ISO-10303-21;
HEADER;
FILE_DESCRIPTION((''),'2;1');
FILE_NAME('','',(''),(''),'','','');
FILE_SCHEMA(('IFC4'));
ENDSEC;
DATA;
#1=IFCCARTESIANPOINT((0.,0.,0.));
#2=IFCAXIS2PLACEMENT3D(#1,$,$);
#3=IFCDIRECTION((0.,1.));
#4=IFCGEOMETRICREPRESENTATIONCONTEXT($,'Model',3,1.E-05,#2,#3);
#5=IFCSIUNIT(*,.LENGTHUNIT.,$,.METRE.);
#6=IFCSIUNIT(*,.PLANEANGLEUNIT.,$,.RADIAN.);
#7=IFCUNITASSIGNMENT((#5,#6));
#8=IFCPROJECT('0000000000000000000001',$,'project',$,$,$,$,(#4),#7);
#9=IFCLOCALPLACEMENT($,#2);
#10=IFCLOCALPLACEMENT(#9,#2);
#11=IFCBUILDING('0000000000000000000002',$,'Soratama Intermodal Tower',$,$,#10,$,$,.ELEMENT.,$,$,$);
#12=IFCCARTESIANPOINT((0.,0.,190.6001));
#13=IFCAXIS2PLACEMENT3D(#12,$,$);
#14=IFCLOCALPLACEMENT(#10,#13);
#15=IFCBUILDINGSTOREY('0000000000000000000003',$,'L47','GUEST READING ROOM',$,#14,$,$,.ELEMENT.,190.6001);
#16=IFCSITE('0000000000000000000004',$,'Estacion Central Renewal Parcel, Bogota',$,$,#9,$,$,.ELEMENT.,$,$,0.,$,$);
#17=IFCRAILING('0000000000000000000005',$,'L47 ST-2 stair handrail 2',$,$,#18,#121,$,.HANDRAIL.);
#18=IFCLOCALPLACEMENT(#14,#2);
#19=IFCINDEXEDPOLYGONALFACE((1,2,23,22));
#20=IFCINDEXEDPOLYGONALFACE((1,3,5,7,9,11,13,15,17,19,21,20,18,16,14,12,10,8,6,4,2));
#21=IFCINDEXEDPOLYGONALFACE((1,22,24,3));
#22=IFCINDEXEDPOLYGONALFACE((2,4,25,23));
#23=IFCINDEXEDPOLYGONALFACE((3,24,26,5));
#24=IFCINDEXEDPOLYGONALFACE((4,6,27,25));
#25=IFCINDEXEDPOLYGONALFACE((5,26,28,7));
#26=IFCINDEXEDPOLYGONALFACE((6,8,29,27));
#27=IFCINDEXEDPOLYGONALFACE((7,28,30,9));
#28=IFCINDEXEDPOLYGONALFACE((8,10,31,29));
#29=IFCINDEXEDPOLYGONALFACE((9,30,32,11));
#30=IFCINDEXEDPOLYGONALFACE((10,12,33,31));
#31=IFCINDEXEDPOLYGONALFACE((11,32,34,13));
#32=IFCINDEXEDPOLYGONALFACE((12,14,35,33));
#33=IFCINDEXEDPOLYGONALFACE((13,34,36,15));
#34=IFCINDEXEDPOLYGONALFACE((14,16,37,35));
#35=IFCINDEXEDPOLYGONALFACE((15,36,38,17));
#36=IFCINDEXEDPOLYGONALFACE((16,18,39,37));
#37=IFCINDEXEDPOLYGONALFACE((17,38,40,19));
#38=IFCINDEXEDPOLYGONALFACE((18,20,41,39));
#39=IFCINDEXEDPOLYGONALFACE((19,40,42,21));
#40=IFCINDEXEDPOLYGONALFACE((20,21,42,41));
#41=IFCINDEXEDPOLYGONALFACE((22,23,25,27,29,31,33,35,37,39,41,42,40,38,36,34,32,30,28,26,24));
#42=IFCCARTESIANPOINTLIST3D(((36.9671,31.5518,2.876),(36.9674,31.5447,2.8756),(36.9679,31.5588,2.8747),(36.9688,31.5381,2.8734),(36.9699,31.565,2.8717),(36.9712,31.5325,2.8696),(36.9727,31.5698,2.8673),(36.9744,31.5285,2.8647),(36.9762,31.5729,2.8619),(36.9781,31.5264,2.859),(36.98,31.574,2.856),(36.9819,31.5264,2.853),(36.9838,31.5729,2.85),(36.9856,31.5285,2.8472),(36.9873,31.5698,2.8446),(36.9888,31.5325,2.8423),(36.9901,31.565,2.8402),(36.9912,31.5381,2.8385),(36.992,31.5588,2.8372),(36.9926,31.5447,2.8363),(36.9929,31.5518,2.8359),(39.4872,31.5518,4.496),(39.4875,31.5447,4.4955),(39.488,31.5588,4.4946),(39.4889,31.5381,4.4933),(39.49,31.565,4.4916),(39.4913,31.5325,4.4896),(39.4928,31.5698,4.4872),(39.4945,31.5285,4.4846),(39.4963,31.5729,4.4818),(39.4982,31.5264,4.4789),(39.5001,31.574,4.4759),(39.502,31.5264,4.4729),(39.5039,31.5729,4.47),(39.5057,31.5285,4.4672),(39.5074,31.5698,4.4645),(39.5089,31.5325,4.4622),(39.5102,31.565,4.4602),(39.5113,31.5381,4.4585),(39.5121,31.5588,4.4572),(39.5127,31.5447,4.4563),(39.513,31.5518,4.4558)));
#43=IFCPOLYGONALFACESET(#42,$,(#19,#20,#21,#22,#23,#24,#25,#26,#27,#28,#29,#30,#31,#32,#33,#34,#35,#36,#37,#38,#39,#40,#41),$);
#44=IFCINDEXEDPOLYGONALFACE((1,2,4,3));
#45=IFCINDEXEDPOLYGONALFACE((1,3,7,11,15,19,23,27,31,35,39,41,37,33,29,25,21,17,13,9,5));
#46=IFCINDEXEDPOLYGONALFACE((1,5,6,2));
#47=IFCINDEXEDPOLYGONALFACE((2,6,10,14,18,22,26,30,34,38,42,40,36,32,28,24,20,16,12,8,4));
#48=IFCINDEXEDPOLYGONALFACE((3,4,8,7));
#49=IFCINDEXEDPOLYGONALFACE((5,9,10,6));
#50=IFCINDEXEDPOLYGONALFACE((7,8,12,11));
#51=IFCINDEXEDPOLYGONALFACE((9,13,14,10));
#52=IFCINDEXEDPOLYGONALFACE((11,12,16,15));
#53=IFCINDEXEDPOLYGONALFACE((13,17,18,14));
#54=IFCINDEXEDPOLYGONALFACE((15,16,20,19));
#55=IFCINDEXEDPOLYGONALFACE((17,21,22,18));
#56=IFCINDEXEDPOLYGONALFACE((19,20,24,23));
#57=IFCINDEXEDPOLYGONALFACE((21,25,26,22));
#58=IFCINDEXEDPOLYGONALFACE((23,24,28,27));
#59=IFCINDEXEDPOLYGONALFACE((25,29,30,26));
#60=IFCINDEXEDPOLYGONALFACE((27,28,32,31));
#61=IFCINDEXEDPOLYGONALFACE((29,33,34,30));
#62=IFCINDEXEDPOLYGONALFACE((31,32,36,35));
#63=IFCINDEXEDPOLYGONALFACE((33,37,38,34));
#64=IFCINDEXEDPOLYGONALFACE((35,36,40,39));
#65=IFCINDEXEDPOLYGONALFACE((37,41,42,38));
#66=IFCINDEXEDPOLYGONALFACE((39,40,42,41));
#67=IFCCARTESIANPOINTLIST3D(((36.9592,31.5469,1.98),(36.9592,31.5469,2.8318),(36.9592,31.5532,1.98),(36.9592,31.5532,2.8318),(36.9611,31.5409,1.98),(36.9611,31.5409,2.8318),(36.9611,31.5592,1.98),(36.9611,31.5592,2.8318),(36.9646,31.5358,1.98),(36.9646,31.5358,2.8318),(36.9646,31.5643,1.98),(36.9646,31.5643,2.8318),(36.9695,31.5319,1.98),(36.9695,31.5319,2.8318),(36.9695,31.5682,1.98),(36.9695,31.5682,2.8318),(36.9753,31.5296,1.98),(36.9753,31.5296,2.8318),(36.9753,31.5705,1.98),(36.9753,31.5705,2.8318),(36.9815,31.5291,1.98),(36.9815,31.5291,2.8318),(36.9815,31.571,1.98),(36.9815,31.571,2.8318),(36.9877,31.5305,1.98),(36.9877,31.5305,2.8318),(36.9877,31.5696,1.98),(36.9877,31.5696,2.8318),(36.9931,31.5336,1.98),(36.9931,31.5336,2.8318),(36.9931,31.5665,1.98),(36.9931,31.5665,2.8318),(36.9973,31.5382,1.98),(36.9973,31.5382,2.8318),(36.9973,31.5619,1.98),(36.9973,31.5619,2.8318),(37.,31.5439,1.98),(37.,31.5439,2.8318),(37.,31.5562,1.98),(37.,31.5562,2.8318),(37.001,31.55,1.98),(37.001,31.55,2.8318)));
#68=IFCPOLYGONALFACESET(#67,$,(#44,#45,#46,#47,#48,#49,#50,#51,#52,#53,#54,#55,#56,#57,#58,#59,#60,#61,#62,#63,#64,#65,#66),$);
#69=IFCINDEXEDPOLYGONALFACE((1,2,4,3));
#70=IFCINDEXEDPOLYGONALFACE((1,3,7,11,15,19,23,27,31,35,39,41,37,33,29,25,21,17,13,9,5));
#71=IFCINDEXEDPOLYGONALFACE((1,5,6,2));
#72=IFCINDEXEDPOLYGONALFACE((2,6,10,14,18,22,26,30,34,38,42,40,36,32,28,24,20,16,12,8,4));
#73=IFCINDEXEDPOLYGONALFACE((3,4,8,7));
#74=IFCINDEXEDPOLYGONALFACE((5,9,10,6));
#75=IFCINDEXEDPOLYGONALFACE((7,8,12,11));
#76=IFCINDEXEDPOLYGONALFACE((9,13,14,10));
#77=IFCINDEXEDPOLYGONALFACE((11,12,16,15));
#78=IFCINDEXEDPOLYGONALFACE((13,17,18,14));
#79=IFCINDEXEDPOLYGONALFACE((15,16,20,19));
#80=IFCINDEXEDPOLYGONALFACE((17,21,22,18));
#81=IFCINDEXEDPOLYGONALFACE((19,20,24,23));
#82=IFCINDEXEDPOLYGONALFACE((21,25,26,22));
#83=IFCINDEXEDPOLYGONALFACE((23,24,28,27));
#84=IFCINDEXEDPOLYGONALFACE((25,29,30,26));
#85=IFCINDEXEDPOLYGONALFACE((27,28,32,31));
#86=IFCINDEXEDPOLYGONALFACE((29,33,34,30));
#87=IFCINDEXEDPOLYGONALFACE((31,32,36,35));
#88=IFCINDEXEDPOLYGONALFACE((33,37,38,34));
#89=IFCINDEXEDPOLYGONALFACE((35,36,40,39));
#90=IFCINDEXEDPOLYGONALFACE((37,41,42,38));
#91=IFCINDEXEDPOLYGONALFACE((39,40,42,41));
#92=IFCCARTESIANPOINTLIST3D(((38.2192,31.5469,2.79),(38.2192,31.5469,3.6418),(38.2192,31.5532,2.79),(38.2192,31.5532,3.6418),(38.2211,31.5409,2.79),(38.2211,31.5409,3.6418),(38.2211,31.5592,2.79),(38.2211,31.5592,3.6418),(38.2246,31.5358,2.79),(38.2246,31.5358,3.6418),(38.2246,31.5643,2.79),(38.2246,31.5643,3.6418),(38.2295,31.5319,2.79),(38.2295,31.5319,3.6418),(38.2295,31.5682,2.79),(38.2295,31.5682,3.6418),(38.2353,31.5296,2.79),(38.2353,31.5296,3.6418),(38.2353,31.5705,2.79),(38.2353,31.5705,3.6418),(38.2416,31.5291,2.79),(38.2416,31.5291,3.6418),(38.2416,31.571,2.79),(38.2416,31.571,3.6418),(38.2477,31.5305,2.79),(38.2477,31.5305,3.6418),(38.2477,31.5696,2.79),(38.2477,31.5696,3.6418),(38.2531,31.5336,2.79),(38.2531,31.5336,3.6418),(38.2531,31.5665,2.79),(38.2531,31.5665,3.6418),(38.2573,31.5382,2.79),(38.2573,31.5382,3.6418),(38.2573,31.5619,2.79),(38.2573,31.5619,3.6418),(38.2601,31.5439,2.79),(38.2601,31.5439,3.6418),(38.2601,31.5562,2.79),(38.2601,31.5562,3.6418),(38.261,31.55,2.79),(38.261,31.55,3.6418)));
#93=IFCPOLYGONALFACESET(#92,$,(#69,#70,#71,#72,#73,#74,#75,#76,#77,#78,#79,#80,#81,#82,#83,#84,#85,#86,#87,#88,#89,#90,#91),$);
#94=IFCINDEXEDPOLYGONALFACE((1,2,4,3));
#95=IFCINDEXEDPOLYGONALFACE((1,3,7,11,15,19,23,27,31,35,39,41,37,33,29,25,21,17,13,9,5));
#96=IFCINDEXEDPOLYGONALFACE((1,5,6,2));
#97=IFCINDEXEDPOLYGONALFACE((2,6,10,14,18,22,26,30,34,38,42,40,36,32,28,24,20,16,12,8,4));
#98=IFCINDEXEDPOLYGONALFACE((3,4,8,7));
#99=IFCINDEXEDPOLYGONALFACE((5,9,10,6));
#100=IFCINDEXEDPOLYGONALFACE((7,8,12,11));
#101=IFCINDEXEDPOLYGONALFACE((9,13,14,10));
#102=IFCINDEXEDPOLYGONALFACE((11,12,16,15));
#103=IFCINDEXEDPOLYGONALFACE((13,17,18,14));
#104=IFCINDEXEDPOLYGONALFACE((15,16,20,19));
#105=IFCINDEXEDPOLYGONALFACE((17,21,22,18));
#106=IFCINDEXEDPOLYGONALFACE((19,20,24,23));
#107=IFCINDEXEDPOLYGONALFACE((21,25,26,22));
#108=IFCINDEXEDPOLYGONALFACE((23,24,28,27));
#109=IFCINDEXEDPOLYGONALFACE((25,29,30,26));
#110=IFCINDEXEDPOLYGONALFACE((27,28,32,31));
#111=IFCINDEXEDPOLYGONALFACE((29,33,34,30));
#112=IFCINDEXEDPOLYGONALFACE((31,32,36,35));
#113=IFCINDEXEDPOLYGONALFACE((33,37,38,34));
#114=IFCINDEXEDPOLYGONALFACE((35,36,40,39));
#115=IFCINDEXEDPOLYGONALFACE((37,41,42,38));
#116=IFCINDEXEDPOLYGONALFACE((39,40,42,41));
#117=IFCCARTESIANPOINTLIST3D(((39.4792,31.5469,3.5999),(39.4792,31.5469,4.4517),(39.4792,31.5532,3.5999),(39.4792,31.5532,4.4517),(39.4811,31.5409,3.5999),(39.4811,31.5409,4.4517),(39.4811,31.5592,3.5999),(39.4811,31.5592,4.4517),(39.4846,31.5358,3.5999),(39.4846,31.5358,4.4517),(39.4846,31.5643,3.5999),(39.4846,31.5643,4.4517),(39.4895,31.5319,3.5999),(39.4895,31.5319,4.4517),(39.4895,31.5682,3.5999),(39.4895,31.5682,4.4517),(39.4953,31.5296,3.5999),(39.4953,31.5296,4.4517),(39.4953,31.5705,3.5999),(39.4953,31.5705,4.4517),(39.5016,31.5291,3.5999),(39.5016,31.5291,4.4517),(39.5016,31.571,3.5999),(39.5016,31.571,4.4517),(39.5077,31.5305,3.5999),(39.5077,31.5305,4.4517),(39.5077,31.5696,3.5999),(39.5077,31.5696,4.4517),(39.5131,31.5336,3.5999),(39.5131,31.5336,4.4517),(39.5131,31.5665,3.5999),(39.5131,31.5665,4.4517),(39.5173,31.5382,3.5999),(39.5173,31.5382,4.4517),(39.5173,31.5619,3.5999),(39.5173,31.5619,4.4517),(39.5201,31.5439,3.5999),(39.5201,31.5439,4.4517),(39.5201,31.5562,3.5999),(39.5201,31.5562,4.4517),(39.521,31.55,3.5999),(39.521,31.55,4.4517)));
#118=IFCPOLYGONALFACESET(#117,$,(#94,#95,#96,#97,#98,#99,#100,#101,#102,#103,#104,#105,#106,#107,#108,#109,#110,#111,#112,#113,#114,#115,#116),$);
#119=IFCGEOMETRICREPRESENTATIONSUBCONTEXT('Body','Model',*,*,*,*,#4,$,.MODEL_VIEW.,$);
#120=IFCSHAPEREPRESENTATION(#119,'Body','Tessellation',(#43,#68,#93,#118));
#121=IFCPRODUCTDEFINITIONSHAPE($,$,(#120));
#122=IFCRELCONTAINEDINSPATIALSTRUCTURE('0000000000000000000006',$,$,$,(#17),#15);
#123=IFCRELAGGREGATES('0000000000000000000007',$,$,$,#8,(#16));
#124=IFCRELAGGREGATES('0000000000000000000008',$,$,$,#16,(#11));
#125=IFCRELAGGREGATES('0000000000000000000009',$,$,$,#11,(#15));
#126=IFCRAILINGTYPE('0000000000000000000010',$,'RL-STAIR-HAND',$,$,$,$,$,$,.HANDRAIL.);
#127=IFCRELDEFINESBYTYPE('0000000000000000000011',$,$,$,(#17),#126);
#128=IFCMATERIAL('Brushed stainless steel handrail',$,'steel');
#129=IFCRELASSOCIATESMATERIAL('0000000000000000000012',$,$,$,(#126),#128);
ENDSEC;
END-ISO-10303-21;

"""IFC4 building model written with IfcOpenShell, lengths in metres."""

from ifc_helpers import new_model, si_unit, direction, frame, origin, origin_2d, place, context, subcontext, project, spatial, circle, extrude, material, type_object, element, save


model = new_model("IFC4")

# Units and contexts
model_context = context("Model", 3, precision=1e-05, world=origin(), true_north=direction((0.0, 1.0)))
body_context = subcontext(model_context, "Body", "Model", "MODEL_VIEW")
ifc_project = project(units=[si_unit("LENGTHUNIT", "METRE"), si_unit("PLANEANGLEUNIT", "RADIAN")], contexts=[model_context])

# Site, building, storey
site_placement = place(None, origin())
site = spatial("IfcSite", under=ifc_project, at=site_placement, Name="Estacion Central Renewal Parcel, Bogota", CompositionType="ELEMENT", RefElevation=0.0)
building_placement = place(site_placement, origin())
building = spatial("IfcBuilding", under=site, at=building_placement, Name="Soratama Intermodal Tower", CompositionType="ELEMENT")
storey_placement = place(building_placement, frame((0.0, 0.0, 190.6001)))
storey = spatial("IfcBuildingStorey", under=building, at=storey_placement, Name="L47", Description="GUEST READING ROOM", CompositionType="ELEMENT", Elevation=190.6001)

# Railing
ifc_material_1 = material(Name="Brushed stainless steel handrail", Category="steel")
railing_type_1 = type_object("IfcRailingType", Name="RL-STAIR-HAND", PredefinedType="HANDRAIL", material=ifc_material_1)
railing_1_placement = place(storey_placement, frame((36.98, 31.55, 1.98)))
element("IfcRailing", 1, at=railing_1_placement, inside=storey, type_object=railing_type_1, Name="L47 ST-2 stair handrail 2", PredefinedType="HANDRAIL", context=body_context, shape_type="SweptSolid", body=[
    extrude(circle(Radius=0.0239, at=origin_2d()), frame((0.0, 0.0, 0.876), z_axis=(0.8412, 0.0, 0.540725), x_axis=(0.0, 1.0, 0.0)), (0.0, 0.0, 1.0), 2.9958),
    extrude(circle(Radius=0.021, at=origin_2d()), origin(), (0.0, 0.0, 1.0), 0.8518),
    extrude(circle(Radius=0.021, at=origin_2d()), frame((1.26, 0.0, 0.8101)), (0.0, 0.0, 1.0), 0.8518),
    extrude(circle(Radius=0.021, at=origin_2d()), frame((2.52, 0.0, 1.6199)), (0.0, 0.0, 1.0), 0.8518),
])

save(model, "model.ifc")
